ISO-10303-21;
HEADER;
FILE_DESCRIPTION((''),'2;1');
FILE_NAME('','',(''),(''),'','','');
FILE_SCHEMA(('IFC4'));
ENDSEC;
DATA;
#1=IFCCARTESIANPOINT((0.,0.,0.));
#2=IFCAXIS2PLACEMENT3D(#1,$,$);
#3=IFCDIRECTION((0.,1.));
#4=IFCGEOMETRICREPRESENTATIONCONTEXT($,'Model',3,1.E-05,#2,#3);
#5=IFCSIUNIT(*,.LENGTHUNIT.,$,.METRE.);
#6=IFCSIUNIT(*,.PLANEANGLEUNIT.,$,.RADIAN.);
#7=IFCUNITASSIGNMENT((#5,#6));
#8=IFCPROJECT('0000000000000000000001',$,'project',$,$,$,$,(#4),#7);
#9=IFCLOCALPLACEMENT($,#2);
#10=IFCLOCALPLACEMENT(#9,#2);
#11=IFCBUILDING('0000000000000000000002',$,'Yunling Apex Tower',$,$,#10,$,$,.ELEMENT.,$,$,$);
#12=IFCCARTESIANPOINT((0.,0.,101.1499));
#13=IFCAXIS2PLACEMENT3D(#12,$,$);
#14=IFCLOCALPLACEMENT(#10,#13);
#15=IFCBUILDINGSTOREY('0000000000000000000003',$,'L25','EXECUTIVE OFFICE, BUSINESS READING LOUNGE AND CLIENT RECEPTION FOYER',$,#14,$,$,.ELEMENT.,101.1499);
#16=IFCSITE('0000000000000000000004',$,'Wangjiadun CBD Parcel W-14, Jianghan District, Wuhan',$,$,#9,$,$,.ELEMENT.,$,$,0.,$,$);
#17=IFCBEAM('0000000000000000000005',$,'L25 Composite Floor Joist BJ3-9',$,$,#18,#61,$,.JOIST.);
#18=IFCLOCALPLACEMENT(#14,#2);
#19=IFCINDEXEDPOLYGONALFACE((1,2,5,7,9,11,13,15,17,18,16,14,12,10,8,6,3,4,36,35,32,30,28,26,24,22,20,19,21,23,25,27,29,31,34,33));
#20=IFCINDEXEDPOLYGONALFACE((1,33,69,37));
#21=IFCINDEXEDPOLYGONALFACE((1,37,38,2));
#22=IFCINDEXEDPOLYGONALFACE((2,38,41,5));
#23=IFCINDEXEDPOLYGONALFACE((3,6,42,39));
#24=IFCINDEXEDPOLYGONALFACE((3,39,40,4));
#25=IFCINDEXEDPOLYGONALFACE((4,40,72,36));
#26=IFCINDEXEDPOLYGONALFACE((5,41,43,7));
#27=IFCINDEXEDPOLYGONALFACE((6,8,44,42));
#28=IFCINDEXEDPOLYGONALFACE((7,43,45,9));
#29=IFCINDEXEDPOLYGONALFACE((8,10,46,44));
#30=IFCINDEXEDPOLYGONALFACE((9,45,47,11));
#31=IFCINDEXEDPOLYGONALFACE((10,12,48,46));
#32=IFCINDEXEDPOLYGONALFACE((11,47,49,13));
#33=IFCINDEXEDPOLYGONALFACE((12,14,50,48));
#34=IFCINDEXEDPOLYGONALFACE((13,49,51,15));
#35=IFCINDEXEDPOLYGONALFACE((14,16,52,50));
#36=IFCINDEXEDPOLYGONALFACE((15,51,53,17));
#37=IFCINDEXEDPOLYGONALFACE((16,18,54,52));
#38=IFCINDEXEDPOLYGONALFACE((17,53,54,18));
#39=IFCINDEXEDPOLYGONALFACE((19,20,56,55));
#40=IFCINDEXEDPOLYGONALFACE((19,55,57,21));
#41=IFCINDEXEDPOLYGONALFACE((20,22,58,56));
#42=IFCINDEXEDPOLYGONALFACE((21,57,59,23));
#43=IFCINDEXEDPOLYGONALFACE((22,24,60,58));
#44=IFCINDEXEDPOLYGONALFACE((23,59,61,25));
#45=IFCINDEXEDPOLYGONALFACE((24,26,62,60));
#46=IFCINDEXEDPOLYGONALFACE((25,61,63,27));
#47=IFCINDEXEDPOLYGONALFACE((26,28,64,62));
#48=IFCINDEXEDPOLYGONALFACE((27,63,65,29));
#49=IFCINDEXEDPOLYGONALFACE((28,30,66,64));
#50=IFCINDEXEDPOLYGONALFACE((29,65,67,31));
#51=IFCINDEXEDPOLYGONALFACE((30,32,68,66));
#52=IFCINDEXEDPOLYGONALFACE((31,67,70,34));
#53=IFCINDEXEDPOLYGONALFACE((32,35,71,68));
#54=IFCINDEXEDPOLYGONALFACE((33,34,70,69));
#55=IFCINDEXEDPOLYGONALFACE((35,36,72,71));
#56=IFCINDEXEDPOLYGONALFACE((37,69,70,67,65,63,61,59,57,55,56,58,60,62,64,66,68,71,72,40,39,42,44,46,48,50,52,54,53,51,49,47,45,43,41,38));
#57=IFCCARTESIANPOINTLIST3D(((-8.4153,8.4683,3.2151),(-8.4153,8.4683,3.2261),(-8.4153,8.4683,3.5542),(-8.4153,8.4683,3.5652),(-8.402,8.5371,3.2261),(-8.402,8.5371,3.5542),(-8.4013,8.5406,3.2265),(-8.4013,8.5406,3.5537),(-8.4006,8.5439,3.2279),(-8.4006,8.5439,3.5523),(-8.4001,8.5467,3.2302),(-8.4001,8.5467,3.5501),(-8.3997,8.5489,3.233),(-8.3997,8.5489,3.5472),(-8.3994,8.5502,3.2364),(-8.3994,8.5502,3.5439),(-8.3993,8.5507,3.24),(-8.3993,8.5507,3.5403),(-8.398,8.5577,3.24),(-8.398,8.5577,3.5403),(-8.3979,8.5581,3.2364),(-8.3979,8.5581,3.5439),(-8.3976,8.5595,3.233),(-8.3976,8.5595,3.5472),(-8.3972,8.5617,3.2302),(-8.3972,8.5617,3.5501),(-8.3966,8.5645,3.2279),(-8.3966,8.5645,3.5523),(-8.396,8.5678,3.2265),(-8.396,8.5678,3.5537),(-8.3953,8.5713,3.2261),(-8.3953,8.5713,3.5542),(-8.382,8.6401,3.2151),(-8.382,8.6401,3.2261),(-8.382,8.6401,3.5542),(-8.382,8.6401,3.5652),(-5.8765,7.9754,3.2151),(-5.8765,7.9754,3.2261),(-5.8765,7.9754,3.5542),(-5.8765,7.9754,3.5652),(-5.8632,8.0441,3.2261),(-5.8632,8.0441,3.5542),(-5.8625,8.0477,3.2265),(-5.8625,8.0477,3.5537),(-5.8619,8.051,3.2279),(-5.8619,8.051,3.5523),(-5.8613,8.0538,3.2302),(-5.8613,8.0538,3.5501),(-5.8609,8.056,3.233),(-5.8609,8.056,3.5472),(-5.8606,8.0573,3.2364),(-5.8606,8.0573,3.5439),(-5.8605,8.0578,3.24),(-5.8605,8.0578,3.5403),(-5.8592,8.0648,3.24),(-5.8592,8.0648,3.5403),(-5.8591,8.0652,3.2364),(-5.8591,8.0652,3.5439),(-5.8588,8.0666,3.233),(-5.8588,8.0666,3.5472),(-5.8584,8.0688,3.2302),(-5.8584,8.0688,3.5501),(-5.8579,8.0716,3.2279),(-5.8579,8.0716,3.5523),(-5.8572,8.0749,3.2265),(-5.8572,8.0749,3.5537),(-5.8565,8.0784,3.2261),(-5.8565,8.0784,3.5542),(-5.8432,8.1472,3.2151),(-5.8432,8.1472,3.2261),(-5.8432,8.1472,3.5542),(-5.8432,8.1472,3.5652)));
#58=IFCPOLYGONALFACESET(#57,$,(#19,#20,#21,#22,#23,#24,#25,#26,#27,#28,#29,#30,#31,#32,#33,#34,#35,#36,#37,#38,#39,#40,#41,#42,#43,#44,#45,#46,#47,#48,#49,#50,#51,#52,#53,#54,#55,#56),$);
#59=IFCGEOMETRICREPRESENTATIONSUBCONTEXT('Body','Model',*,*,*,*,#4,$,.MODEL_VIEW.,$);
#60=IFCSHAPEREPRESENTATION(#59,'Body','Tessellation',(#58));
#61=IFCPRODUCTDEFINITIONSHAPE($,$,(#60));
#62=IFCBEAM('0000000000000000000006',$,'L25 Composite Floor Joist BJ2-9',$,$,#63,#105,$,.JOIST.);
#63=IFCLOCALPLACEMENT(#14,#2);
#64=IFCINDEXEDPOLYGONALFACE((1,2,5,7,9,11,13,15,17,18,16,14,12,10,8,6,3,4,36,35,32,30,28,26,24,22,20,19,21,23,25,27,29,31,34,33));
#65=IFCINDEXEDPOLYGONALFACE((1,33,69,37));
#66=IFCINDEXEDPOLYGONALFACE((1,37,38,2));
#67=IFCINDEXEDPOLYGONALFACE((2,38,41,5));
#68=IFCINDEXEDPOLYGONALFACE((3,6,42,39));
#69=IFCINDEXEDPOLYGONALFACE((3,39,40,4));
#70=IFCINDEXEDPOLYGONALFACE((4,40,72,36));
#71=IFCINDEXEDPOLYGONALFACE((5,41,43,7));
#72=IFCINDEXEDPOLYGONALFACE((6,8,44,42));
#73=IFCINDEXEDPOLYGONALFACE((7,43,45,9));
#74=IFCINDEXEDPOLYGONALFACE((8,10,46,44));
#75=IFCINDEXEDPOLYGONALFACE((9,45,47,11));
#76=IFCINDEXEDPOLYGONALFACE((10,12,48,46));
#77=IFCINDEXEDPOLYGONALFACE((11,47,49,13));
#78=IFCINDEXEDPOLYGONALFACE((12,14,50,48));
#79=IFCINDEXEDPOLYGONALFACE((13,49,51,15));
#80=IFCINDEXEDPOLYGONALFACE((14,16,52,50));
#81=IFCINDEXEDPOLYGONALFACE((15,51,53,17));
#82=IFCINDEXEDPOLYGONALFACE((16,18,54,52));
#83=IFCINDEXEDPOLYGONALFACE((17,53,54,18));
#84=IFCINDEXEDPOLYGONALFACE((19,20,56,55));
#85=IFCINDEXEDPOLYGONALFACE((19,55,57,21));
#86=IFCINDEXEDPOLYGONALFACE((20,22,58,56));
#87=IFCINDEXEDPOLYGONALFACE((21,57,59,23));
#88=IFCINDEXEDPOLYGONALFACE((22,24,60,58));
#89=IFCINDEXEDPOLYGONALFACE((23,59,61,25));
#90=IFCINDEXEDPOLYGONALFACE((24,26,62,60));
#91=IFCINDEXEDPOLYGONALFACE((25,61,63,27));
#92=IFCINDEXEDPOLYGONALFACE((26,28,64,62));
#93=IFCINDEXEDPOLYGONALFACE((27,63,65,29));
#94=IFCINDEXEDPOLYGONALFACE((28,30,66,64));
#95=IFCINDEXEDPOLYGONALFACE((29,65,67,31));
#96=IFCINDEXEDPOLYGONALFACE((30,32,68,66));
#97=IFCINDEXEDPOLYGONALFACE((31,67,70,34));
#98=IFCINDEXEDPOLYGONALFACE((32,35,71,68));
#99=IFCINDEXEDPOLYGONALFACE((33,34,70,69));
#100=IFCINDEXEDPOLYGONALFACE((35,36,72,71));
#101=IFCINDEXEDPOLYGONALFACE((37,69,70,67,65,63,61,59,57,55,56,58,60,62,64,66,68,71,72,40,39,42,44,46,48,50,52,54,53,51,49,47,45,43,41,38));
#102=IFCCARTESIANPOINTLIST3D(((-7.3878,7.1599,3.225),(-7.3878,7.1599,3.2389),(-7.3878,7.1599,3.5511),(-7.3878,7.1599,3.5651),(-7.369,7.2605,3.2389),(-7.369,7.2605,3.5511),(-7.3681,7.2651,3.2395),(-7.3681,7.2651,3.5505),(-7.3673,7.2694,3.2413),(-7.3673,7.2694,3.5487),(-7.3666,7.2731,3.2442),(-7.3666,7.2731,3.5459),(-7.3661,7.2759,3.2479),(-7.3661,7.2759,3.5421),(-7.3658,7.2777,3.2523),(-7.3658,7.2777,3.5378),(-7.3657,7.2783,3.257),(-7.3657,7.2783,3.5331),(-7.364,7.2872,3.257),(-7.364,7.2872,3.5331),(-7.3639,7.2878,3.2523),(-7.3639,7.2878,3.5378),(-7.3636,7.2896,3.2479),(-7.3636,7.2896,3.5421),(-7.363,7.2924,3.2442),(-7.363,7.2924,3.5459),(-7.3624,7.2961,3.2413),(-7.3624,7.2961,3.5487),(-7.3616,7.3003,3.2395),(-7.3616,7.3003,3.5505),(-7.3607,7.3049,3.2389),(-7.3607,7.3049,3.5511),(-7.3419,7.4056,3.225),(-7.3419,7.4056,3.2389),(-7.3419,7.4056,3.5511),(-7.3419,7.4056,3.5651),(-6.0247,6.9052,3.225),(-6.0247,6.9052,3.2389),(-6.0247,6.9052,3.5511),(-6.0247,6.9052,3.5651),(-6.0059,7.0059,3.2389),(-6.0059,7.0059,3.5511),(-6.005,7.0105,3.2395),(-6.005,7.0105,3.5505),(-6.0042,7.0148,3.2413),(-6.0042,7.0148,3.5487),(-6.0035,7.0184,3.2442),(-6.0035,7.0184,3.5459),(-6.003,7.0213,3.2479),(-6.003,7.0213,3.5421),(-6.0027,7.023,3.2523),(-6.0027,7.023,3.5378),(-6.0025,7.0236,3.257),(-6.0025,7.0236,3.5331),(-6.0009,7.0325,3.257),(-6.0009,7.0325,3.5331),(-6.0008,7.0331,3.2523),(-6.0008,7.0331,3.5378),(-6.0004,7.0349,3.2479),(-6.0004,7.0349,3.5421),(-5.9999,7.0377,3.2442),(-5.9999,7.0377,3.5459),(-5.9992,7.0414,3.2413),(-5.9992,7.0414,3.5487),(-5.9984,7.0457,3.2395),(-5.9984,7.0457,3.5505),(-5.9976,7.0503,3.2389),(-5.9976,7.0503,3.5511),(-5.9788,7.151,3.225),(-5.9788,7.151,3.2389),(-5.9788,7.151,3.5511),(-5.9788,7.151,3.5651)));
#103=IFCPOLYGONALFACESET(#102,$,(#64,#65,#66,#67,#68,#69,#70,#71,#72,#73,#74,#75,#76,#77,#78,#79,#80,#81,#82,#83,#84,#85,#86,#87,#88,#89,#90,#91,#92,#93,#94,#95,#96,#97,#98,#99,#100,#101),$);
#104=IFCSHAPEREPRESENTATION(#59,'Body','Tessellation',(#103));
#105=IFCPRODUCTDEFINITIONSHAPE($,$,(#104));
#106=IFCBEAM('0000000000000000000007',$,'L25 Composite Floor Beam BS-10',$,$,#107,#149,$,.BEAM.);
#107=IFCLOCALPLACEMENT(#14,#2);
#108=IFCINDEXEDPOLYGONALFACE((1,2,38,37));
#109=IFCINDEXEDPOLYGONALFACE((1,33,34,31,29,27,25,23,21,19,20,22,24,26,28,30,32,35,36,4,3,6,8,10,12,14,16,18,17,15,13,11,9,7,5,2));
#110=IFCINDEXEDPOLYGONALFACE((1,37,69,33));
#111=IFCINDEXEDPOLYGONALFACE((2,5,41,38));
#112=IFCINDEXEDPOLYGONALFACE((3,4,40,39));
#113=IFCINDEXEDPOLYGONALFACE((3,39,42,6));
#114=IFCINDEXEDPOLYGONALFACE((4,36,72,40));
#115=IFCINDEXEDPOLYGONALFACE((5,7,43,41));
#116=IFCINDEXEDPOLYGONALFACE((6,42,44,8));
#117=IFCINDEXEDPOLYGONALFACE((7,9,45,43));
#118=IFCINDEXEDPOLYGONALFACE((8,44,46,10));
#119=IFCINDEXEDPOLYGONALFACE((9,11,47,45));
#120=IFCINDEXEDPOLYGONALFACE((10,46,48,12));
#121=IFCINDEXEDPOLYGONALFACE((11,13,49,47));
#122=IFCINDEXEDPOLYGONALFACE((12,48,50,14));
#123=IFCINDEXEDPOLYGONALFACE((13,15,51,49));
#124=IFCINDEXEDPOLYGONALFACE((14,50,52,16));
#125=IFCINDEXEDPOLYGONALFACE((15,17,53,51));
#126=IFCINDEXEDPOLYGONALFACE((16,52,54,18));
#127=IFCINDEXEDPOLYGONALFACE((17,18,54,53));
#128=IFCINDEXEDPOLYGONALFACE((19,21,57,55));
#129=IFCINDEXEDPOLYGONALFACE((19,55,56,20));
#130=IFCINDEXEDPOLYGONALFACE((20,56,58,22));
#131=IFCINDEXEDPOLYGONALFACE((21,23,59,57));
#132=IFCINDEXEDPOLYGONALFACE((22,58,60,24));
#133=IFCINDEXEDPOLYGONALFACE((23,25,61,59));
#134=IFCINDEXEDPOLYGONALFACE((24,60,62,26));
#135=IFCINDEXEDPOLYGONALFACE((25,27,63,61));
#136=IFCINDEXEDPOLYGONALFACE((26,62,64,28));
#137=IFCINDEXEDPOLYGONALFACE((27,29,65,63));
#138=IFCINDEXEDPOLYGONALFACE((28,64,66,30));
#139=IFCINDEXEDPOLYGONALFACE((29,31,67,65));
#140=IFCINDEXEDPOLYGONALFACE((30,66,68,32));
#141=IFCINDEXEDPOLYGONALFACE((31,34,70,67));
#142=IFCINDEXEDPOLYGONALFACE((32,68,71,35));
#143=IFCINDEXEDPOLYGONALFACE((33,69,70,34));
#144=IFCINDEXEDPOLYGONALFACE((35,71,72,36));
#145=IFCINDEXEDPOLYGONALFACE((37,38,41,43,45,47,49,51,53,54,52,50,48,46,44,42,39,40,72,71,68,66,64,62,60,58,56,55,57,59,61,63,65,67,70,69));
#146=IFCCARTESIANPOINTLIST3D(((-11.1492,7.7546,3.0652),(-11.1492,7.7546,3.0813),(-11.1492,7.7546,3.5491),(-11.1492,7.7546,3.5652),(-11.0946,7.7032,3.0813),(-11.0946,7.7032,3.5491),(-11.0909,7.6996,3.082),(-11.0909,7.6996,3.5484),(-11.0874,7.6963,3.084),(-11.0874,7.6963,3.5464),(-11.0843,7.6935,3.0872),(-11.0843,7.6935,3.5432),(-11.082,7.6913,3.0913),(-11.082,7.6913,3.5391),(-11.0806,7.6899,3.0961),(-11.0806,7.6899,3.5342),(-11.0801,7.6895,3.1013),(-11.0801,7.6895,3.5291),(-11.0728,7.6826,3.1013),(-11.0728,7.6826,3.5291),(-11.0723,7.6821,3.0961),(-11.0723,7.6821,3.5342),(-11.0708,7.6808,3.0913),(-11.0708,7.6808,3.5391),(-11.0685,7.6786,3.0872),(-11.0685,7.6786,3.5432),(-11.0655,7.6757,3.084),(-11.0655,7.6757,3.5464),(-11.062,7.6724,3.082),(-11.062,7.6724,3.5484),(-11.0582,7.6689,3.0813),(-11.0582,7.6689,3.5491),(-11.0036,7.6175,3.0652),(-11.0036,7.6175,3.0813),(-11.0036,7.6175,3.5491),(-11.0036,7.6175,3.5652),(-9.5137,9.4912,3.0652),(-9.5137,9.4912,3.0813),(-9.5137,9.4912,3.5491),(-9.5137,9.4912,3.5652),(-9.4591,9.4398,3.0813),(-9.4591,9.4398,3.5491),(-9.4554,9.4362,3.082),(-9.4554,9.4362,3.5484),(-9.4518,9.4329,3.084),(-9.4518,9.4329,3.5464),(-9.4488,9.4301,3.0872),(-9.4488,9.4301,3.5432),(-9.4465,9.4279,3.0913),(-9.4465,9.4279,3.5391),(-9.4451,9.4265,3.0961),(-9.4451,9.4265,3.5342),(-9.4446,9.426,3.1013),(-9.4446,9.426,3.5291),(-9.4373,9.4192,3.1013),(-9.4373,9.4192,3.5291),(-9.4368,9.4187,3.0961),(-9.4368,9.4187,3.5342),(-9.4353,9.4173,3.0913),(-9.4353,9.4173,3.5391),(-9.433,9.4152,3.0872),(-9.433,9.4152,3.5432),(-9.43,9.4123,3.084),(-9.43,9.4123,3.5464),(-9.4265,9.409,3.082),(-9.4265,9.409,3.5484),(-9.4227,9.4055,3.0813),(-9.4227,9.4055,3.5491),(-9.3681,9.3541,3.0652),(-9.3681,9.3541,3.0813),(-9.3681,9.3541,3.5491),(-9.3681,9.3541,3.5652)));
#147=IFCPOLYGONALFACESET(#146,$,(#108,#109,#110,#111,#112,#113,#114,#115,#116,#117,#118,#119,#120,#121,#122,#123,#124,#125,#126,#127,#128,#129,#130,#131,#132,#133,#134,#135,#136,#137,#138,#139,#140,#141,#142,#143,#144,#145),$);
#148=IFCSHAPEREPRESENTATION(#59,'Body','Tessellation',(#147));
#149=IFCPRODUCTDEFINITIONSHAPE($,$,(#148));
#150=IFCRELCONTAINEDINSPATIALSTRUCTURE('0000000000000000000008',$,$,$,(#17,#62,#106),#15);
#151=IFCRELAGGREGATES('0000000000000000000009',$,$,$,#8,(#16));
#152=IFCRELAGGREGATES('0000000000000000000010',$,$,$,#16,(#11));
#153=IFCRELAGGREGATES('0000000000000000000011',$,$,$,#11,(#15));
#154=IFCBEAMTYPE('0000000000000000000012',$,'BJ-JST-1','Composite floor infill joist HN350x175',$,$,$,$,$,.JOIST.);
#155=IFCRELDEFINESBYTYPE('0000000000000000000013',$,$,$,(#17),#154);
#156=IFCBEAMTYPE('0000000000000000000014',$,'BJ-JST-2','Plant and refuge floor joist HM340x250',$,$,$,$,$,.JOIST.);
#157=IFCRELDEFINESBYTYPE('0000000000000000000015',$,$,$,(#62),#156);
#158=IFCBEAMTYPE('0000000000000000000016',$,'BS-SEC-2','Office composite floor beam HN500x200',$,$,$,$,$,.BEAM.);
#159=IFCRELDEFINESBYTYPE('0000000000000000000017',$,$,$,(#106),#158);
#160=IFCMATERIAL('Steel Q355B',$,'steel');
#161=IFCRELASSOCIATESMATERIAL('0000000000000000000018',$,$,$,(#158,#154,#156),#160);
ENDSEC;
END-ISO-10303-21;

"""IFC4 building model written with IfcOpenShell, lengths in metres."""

from ifc_helpers import new_model, si_unit, direction, frame, origin, origin_2d, place, context, subcontext, project, spatial, i_section, extrude, source, transform, mapped, material, material_profile, profile_set, type_object, element, save


model = new_model("IFC4")

# Units and contexts
model_context = context("Model", 3, precision=1e-05, world=origin(), true_north=direction((0.0, 1.0)))
body_context = subcontext(model_context, "Body", "Model", "MODEL_VIEW")
ifc_project = project(units=[si_unit("LENGTHUNIT", "METRE"), si_unit("PLANEANGLEUNIT", "RADIAN")], contexts=[model_context])

# Site, building, storey
site_placement = place(None, origin())
site = spatial("IfcSite", under=ifc_project, at=site_placement, Name="Wangjiadun CBD Parcel W-14, Jianghan District, Wuhan", CompositionType="ELEMENT", RefElevation=0.0)
building_placement = place(site_placement, origin())
building = spatial("IfcBuilding", under=site, at=building_placement, Name="Yunling Apex Tower", CompositionType="ELEMENT")
storey_placement = place(building_placement, frame((0.0, 0.0, 101.1499)))
storey = spatial("IfcBuildingStorey", under=building, at=storey_placement, Name="L25", Description="EXECUTIVE OFFICE, BUSINESS READING LOUNGE AND CLIENT RECEPTION FOYER", CompositionType="ELEMENT", Elevation=101.1499)

# Beams
ifc_material_1 = material(Name="Steel Q355B", Category="steel")
ifc_material_profile_1 = material_profile(ifc_material_1, i_section(OverallWidth=0.2, OverallDepth=0.5, WebThickness=0.01, FlangeThickness=0.0161, FilletRadius=0.02, at=origin_2d()))
ifc_profile_set_1 = profile_set([ifc_material_profile_1], Name="Steel Q355B")
beam_type_1 = type_object("IfcBeamType", Name="BS-SEC-2", Description="Office composite floor beam HN500x200", PredefinedType="BEAM", material=ifc_profile_set_1)
ifc_material_profile_2 = material_profile(ifc_material_1, i_section(OverallWidth=0.175, OverallDepth=0.3501, WebThickness=0.0071, FlangeThickness=0.011, FilletRadius=0.0139, at=origin_2d()))
ifc_profile_set_2 = profile_set([ifc_material_profile_2], Name="Steel Q355B")
beam_type_2 = type_object("IfcBeamType", Name="BJ-JST-1", Description="Composite floor infill joist HN350x175", PredefinedType="JOIST", material=ifc_profile_set_2)
shared_shape_1 = source(origin(), body_context, "Body", "SweptSolid", [
    extrude(i_section(OverallWidth=0.175, OverallDepth=0.3501, WebThickness=0.0071, FlangeThickness=0.011, FilletRadius=0.0139, at=origin_2d()), origin(), (0.0, 0.0, 1.0), 2.5862),
])
beam_1_placement = place(storey_placement, frame((-5.8599, 8.0613, 3.3901), z_axis=(-0.981669, 0.190594, 0.0), x_axis=(-0.190594, -0.981669, 0.0)))
element("IfcBeam", 1, at=beam_1_placement, inside=storey, type_object=beam_type_2, Name="L25 Composite Floor Joist BJ3-9", PredefinedType="JOIST", context=body_context, shape_type="MappedRepresentation", body=[
    mapped(shared_shape_1, transform((0.0, 0.0, 0.0), scale=1.0)),
])
ifc_material_profile_3 = material_profile(ifc_material_1, i_section(OverallWidth=0.25, OverallDepth=0.3401, WebThickness=0.009, FlangeThickness=0.0139, FilletRadius=0.0181, at=origin_2d()))
ifc_profile_set_3 = profile_set([ifc_material_profile_3], Name="Steel Q355B")
beam_type_3 = type_object("IfcBeamType", Name="BJ-JST-2", Description="Plant and refuge floor joist HM340x250", PredefinedType="JOIST", material=ifc_profile_set_3)
shared_shape_2 = source(origin(), body_context, "Body", "SweptSolid", [
    extrude(i_section(OverallWidth=0.25, OverallDepth=0.3401, WebThickness=0.009, FlangeThickness=0.0139, FilletRadius=0.0181, at=origin_2d()), origin(), (0.0, 0.0, 1.0), 1.3867),
])
beam_2_placement = place(storey_placement, frame((-6.0017, 7.0281, 3.395), z_axis=(-0.982994, 0.18364, 0.0), x_axis=(-0.18364, -0.982994, 0.0)))
element("IfcBeam", 2, at=beam_2_placement, inside=storey, type_object=beam_type_3, Name="L25 Composite Floor Joist BJ2-9", PredefinedType="JOIST", context=body_context, shape_type="MappedRepresentation", body=[
    mapped(shared_shape_2, transform((0.0, 0.0, 0.0), scale=1.0)),
])
shared_shape_3 = source(origin(), body_context, "Body", "SweptSolid", [
    extrude(i_section(OverallWidth=0.2, OverallDepth=0.5, WebThickness=0.01, FlangeThickness=0.0161, FilletRadius=0.02, at=origin_2d()), origin(), (0.0, 0.0, 1.0), 2.3855),
])
beam_3_placement = place(storey_placement, frame((-9.4409, 9.4226, 3.3152), z_axis=(-0.685604, -0.727975, 0.0), x_axis=(0.727975, -0.685604, 0.0)))
element("IfcBeam", 3, at=beam_3_placement, inside=storey, type_object=beam_type_1, Name="L25 Composite Floor Beam BS-10", PredefinedType="BEAM", context=body_context, shape_type="MappedRepresentation", body=[
    mapped(shared_shape_3, transform((0.0, 0.0, 0.0), scale=1.0)),
])

save(model, "model.ifc")
